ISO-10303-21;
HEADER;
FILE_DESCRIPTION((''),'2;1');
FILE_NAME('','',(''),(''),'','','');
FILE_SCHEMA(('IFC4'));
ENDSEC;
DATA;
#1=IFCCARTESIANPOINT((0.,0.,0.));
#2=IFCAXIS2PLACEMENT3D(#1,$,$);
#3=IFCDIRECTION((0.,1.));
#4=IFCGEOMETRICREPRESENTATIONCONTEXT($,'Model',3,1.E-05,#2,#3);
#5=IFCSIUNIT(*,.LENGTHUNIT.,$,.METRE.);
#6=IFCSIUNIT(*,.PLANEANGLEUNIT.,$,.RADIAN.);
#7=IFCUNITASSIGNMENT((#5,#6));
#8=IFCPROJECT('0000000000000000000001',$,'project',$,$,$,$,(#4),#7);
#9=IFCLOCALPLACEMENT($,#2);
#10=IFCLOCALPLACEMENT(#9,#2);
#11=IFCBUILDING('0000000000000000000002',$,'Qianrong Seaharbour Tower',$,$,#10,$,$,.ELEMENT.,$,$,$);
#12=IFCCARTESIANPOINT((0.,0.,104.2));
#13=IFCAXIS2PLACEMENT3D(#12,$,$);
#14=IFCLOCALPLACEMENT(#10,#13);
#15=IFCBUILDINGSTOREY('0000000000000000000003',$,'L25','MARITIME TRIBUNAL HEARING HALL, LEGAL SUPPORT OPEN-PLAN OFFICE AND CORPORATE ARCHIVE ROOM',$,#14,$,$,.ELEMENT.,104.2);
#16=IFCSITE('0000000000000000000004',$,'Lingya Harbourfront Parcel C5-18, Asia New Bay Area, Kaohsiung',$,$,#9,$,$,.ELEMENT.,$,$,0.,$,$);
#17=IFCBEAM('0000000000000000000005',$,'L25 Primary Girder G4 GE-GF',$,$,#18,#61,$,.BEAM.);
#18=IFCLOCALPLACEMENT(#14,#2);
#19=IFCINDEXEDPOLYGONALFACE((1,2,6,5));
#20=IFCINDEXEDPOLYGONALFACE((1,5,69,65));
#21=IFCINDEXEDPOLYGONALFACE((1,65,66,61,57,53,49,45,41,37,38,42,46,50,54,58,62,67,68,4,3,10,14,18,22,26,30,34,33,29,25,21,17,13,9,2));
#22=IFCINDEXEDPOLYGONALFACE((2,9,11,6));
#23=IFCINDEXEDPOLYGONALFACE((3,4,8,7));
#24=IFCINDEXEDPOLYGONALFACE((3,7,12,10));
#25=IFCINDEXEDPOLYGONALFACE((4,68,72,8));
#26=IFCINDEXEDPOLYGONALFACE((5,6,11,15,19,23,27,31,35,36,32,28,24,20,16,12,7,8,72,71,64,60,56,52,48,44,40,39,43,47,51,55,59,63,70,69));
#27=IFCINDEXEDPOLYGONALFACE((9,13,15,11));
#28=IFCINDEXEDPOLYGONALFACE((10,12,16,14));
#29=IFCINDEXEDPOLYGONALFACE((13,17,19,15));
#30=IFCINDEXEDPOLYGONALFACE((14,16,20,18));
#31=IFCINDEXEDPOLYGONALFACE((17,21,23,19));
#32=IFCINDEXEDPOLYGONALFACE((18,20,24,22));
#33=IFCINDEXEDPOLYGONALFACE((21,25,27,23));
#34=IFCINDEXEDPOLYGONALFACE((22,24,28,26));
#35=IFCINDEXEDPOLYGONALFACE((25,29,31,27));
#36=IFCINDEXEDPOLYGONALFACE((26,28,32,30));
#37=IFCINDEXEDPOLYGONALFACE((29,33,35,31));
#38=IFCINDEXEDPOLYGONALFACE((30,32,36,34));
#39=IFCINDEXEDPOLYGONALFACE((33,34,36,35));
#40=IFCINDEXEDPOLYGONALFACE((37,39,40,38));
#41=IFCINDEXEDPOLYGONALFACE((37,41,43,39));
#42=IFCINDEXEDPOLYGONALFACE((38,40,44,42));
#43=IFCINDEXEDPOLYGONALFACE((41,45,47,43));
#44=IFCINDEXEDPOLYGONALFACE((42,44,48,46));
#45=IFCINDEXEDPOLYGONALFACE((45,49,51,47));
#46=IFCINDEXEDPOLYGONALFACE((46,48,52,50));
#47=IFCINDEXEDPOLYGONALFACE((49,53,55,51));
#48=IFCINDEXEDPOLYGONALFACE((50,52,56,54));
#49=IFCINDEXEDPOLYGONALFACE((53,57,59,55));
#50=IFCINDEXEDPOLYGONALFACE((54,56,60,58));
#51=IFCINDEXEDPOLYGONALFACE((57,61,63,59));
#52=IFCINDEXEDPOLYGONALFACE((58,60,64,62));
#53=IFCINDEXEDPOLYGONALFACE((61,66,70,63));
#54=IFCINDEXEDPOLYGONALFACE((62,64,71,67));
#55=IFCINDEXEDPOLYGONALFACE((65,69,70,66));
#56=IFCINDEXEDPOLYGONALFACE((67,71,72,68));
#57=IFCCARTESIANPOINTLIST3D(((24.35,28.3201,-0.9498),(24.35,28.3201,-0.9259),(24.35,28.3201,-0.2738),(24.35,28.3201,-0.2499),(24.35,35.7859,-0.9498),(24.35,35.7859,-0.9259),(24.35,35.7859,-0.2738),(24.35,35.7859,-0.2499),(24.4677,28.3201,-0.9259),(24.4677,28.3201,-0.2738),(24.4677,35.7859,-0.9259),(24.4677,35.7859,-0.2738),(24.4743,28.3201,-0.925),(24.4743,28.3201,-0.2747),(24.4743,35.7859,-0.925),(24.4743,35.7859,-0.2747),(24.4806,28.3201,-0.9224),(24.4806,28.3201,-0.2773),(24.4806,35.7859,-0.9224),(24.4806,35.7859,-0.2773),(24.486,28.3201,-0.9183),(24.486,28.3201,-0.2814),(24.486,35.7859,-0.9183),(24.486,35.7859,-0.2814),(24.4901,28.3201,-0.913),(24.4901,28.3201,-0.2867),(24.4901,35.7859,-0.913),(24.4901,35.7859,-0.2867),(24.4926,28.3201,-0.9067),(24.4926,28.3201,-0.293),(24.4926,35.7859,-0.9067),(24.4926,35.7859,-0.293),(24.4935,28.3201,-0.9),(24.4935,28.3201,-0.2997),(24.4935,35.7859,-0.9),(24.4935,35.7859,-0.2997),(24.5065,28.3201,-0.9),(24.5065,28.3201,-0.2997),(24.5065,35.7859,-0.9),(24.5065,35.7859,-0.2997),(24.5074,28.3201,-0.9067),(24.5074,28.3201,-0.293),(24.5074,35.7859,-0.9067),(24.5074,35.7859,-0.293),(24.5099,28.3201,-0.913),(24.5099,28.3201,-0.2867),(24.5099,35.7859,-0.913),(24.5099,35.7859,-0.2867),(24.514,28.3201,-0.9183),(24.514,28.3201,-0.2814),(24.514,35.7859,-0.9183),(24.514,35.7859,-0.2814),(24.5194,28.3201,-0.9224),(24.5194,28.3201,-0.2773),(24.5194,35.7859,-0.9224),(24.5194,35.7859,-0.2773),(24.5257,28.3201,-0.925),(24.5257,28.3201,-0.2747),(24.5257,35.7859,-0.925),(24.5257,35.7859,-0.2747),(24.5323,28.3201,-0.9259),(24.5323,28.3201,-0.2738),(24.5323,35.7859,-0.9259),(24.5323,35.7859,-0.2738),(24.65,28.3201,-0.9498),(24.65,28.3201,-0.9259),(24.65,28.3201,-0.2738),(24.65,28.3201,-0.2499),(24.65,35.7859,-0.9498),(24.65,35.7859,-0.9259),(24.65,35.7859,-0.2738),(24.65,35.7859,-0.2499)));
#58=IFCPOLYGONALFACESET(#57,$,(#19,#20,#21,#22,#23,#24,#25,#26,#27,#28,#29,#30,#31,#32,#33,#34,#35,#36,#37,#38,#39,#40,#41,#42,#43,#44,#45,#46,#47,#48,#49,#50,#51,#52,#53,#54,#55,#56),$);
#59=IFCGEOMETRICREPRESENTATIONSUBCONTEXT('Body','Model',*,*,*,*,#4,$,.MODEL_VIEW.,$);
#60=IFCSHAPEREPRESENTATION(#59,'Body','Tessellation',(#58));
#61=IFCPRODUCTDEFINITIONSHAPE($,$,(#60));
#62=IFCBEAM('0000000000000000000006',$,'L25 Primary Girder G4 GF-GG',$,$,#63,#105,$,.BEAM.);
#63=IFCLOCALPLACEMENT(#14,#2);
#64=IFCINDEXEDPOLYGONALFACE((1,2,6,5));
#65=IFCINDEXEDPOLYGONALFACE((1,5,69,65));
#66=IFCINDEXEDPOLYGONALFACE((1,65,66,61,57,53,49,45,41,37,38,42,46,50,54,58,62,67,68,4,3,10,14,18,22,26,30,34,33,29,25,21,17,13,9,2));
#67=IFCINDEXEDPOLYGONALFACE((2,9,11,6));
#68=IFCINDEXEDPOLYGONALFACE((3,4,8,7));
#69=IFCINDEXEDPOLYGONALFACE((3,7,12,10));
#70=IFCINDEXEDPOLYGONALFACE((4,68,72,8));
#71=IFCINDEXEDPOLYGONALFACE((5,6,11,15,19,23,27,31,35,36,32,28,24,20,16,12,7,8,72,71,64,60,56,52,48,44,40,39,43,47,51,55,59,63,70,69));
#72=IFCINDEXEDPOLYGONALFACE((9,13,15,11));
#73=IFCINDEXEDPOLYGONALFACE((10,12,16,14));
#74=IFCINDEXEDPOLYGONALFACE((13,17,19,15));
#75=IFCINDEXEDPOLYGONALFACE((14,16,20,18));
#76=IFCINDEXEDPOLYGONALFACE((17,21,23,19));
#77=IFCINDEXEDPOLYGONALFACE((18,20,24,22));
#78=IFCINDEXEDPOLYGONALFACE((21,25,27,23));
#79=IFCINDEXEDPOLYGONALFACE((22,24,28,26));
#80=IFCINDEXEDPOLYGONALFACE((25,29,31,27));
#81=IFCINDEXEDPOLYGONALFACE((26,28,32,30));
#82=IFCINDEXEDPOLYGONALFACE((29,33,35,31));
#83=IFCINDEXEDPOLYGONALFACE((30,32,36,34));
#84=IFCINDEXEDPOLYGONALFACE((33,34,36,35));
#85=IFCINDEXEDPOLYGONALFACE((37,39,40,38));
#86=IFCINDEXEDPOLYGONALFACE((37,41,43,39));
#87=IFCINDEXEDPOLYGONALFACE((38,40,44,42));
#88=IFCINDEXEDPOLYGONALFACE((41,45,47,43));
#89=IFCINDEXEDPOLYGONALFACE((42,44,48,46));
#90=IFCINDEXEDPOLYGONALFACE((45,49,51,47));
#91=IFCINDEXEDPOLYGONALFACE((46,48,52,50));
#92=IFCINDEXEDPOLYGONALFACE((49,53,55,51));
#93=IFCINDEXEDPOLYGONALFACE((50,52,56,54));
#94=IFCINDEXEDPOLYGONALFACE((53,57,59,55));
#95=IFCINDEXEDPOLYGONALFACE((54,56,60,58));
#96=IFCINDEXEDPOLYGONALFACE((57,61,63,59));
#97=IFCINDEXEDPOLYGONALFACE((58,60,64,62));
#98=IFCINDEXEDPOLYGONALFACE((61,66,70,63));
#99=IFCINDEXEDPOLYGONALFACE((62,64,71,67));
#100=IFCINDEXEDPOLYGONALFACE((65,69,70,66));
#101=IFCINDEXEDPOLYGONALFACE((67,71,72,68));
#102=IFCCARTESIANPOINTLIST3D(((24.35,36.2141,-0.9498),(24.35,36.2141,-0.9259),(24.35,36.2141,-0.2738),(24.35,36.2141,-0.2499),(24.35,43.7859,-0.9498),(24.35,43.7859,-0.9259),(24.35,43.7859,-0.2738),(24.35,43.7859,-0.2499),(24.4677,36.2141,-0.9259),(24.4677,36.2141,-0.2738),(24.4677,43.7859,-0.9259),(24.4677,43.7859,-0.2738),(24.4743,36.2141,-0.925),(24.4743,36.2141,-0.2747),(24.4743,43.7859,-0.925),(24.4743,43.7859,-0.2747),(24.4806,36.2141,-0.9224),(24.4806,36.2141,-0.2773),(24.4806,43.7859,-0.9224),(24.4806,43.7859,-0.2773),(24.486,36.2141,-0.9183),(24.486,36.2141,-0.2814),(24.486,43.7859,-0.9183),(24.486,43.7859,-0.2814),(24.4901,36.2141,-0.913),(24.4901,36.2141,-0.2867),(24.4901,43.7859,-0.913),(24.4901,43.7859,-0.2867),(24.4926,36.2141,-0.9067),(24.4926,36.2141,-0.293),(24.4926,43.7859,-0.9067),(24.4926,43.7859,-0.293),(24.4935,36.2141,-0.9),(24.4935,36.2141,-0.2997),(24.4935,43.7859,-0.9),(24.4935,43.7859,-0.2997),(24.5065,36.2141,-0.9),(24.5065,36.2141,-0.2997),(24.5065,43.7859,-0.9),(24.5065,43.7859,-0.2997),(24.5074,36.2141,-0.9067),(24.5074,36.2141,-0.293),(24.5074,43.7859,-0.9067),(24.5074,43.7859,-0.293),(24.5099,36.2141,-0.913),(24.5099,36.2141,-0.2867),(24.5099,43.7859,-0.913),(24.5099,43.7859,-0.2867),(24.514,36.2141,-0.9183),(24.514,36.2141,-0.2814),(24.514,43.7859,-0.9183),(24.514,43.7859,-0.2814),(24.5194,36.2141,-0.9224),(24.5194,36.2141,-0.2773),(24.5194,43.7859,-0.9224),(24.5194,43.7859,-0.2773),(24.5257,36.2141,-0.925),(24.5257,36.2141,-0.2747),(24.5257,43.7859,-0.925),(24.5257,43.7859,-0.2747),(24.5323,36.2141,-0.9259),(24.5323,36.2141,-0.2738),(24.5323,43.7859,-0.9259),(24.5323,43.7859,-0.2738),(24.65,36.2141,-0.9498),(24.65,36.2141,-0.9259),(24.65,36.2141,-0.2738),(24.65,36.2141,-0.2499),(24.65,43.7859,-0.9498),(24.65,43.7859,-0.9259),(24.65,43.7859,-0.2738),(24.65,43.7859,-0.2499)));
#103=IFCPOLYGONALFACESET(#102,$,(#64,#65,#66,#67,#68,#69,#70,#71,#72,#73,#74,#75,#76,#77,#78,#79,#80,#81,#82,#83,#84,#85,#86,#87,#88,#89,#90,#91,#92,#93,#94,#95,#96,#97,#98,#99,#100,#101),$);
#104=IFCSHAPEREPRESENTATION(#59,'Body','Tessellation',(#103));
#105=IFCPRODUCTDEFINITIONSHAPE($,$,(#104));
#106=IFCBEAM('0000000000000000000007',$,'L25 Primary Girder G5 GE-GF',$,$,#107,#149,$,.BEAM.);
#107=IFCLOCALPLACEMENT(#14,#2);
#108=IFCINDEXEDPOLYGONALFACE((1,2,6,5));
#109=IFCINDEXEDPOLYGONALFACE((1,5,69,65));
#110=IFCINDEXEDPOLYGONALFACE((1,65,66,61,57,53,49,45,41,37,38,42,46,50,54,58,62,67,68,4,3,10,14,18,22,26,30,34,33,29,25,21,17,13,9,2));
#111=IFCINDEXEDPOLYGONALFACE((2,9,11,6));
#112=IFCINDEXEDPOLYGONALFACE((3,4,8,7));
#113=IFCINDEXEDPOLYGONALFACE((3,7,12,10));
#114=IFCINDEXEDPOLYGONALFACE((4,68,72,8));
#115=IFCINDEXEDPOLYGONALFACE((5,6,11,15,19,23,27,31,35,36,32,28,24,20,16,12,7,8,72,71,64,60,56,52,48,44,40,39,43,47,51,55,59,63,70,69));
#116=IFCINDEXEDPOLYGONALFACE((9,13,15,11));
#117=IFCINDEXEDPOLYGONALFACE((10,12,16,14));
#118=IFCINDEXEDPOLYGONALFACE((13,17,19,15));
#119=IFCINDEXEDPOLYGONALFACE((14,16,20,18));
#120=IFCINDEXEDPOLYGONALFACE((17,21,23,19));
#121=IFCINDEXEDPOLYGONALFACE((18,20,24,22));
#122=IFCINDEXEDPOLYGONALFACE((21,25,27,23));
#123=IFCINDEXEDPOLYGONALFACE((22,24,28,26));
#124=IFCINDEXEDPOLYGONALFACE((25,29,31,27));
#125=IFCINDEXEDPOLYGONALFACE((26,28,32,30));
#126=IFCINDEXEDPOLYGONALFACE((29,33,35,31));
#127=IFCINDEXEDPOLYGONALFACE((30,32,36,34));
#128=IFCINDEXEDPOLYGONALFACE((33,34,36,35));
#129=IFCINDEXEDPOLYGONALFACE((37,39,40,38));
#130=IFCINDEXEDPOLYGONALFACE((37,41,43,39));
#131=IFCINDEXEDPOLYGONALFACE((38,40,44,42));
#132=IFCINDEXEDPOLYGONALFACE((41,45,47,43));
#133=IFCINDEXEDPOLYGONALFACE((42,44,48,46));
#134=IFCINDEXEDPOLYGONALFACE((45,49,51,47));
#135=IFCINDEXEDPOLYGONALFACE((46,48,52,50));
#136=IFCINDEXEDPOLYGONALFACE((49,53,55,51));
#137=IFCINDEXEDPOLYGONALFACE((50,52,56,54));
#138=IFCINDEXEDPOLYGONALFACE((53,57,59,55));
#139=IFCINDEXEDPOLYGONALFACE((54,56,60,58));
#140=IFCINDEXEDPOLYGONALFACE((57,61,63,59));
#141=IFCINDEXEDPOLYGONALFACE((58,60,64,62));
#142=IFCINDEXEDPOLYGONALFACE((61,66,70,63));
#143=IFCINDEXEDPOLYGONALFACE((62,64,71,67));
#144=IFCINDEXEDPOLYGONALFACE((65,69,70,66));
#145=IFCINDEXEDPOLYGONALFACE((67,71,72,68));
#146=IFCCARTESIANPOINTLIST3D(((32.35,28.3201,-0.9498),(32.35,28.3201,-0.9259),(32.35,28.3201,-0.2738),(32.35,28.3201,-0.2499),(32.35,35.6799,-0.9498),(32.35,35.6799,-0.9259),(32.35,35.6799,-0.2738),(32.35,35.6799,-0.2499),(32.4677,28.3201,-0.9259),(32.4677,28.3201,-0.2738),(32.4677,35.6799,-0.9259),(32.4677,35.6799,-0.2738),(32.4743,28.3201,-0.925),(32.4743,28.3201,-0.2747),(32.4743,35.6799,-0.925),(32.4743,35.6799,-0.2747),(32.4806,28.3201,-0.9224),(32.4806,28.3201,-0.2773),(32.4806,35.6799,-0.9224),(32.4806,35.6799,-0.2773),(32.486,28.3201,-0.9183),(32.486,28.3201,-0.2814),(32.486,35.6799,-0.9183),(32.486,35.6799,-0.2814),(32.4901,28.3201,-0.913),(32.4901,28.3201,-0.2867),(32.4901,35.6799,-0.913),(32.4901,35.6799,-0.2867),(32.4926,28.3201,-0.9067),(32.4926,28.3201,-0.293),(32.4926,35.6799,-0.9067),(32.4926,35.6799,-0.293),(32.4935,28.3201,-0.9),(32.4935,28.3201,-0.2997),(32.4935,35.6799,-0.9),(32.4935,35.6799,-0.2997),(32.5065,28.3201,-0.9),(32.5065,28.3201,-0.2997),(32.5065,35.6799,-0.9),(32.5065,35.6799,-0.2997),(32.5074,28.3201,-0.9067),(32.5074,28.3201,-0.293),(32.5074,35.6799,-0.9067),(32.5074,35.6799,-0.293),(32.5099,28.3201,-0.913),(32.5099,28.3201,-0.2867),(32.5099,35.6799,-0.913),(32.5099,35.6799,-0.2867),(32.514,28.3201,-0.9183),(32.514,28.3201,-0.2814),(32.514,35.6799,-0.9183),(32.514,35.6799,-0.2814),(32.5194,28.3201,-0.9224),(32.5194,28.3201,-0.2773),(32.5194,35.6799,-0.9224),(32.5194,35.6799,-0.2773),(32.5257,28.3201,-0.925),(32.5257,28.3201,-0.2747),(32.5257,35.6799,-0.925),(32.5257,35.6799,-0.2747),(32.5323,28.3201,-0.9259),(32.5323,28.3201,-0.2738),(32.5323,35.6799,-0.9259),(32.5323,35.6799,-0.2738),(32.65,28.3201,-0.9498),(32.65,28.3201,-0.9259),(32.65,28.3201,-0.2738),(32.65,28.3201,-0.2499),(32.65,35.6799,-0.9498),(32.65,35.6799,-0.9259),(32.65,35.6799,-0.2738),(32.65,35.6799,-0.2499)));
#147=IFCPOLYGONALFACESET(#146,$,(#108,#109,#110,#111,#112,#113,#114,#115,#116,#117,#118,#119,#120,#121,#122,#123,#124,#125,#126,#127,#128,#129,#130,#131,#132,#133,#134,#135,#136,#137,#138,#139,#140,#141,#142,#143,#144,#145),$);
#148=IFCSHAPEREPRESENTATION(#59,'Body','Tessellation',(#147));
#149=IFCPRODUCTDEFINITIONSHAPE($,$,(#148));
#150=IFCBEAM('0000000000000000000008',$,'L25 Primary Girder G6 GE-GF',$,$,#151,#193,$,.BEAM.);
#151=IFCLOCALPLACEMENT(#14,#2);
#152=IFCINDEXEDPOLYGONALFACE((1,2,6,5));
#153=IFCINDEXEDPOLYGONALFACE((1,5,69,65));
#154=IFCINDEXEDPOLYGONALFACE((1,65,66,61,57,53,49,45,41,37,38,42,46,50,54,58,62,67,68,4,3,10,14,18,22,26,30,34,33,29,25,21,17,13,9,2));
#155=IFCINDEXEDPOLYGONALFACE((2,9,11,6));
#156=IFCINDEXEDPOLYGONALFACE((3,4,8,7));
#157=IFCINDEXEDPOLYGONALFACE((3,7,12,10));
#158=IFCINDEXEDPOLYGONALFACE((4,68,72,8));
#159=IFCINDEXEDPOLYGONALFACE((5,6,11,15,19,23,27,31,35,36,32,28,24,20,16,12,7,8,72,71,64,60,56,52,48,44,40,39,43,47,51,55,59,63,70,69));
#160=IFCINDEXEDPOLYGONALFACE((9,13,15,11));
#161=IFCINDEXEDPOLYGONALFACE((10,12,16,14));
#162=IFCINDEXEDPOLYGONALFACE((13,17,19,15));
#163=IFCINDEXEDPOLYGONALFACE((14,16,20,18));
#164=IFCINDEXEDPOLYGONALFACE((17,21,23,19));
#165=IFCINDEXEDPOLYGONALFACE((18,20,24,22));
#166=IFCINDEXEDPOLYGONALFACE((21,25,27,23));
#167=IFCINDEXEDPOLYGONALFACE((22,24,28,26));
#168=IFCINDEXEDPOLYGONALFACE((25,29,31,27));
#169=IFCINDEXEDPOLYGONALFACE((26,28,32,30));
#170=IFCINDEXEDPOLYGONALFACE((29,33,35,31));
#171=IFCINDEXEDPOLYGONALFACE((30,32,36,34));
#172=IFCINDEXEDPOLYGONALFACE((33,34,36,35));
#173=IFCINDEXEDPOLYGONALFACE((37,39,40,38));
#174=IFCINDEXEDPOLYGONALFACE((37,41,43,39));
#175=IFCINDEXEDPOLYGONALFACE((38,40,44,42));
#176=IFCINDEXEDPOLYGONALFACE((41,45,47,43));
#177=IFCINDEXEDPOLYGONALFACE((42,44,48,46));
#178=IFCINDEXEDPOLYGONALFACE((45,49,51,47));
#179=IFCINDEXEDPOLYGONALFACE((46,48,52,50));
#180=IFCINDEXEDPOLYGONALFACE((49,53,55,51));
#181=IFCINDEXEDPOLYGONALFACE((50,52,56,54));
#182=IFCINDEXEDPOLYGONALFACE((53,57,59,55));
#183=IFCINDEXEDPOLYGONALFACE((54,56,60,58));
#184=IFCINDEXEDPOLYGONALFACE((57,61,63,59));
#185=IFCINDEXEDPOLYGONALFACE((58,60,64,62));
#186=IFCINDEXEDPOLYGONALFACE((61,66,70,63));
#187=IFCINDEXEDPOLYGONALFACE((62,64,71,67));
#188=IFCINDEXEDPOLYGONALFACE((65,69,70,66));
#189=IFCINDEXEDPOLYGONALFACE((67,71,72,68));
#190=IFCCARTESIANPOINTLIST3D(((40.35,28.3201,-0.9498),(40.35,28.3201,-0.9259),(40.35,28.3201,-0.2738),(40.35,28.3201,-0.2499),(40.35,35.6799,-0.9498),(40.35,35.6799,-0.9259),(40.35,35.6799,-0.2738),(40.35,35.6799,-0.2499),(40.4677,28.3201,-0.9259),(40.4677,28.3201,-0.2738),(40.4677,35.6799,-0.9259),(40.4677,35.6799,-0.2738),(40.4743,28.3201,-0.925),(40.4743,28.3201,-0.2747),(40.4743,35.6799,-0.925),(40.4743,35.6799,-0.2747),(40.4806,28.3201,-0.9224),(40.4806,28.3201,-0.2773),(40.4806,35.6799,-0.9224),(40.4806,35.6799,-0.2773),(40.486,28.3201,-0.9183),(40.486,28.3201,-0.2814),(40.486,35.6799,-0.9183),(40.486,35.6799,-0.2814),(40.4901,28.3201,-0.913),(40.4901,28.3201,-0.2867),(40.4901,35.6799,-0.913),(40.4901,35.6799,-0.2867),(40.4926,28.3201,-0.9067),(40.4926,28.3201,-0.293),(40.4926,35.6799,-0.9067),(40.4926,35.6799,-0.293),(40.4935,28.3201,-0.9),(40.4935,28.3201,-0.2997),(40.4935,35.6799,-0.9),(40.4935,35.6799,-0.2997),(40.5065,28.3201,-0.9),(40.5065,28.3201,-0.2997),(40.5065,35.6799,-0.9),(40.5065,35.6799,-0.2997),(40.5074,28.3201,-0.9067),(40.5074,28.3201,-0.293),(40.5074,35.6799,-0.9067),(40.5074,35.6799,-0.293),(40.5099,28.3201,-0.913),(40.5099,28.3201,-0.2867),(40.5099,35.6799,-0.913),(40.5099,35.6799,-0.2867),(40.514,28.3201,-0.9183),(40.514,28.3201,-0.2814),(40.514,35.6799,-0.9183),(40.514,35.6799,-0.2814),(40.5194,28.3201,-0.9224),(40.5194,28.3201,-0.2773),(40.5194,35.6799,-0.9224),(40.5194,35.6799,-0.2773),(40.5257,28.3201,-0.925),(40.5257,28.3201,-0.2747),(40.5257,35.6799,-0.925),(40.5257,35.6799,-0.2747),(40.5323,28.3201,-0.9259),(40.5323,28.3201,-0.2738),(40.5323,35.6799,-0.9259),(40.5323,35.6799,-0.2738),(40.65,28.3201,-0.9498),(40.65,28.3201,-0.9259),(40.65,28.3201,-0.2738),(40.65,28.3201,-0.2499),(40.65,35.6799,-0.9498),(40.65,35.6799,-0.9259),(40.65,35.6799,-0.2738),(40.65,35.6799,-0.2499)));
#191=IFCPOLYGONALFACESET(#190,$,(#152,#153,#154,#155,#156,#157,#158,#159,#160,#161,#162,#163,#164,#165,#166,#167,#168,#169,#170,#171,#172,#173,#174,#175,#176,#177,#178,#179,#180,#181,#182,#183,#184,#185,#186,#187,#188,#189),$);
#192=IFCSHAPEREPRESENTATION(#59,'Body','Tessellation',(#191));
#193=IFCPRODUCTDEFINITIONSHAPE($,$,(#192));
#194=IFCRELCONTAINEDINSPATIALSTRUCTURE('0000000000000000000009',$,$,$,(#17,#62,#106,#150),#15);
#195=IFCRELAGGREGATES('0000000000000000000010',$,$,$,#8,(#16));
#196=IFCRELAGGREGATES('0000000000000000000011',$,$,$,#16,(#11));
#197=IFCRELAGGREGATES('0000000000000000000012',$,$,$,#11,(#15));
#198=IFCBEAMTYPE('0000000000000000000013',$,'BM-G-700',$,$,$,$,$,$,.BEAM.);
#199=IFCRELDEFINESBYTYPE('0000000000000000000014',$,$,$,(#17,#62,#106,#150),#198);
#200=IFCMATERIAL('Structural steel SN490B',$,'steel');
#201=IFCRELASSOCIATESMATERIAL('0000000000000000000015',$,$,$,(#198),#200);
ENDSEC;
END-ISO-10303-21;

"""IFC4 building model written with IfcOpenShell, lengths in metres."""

from ifc_helpers import new_model, si_unit, direction, frame, origin, origin_2d, place, context, subcontext, project, spatial, i_section, extrude, material, material_profile, profile_set, type_object, element, save


model = new_model("IFC4")

# Units and contexts
model_context = context("Model", 3, precision=1e-05, world=origin(), true_north=direction((0.0, 1.0)))
body_context = subcontext(model_context, "Body", "Model", "MODEL_VIEW")
ifc_project = project(units=[si_unit("LENGTHUNIT", "METRE"), si_unit("PLANEANGLEUNIT", "RADIAN")], contexts=[model_context])

# Site, building, storey
site_placement = place(None, origin())
site = spatial("IfcSite", under=ifc_project, at=site_placement, Name="Lingya Harbourfront Parcel C5-18, Asia New Bay Area, Kaohsiung", CompositionType="ELEMENT", RefElevation=0.0)
building_placement = place(site_placement, origin())
building = spatial("IfcBuilding", under=site, at=building_placement, Name="Qianrong Seaharbour Tower", CompositionType="ELEMENT")
storey_placement = place(building_placement, frame((0.0, 0.0, 104.2)))
storey = spatial("IfcBuildingStorey", under=building, at=storey_placement, Name="L25", Description="MARITIME TRIBUNAL HEARING HALL, LEGAL SUPPORT OPEN-PLAN OFFICE AND CORPORATE ARCHIVE ROOM", CompositionType="ELEMENT", Elevation=104.2)

# Shared definitions
ifc_material_1 = material(Name="Structural steel SN490B", Category="steel")

# Beams
ifc_material_profile_1 = material_profile(ifc_material_1, i_section(OverallWidth=0.3, OverallDepth=0.7, WebThickness=0.0129, FlangeThickness=0.0239, FilletRadius=0.0259, at=origin_2d()), Name="H700x300x13x24")
ifc_profile_set_1 = profile_set([ifc_material_profile_1], Name="Structural steel SN490B")
beam_type_1 = type_object("IfcBeamType", Name="BM-G-700", PredefinedType="BEAM", material=ifc_profile_set_1)
beam_1_placement = place(storey_placement, frame((24.5, 28.3201, -0.5999), z_axis=(0.0, 1.0, 0.0), x_axis=(-1.0, 0.0, 0.0)))
element("IfcBeam", 1, at=beam_1_placement, inside=storey, type_object=beam_type_1, Name="L25 Primary Girder G4 GE-GF", PredefinedType="BEAM", context=body_context, shape_type="SweptSolid", body=[
    extrude(i_section(OverallWidth=0.3, OverallDepth=0.7, WebThickness=0.0129, FlangeThickness=0.0239, FilletRadius=0.0259, at=origin_2d()), origin(), (0.0, 0.0, 1.0), 7.4658),
])
beam_2_placement = place(storey_placement, frame((24.5, 36.2141, -0.5999), z_axis=(0.0, 1.0, 0.0), x_axis=(-1.0, 0.0, 0.0)))
element("IfcBeam", 2, at=beam_2_placement, inside=storey, type_object=beam_type_1, Name="L25 Primary Girder G4 GF-GG", PredefinedType="BEAM", context=body_context, shape_type="SweptSolid", body=[
    extrude(i_section(OverallWidth=0.3, OverallDepth=0.7, WebThickness=0.0129, FlangeThickness=0.0239, FilletRadius=0.0259, at=origin_2d()), origin(), (0.0, 0.0, 1.0), 7.5718),
])
for number, where, z_axis, x_axis, name in (
    (3, (32.5, 28.3201, -0.5999), (0.0, 1.0, 0.0), (-1.0, 0.0, 0.0), "L25 Primary Girder G5 GE-GF"),
    (4, (40.5, 28.3201, -0.5999), (0.0, 1.0, 0.0), (-1.0, 0.0, 0.0), "L25 Primary Girder G6 GE-GF"),
):
    element("IfcBeam", number, at=place(storey_placement, frame(where, z_axis=z_axis, x_axis=x_axis)), inside=storey, type_object=beam_type_1, Name=name, PredefinedType="BEAM", context=body_context, shape_type="SweptSolid", body=[
        extrude(i_section(OverallWidth=0.3, OverallDepth=0.7, WebThickness=0.0129, FlangeThickness=0.0239, FilletRadius=0.0259, at=origin_2d()), origin(), (0.0, 0.0, 1.0), 7.3599),
    ])

save(model, "model.ifc")
